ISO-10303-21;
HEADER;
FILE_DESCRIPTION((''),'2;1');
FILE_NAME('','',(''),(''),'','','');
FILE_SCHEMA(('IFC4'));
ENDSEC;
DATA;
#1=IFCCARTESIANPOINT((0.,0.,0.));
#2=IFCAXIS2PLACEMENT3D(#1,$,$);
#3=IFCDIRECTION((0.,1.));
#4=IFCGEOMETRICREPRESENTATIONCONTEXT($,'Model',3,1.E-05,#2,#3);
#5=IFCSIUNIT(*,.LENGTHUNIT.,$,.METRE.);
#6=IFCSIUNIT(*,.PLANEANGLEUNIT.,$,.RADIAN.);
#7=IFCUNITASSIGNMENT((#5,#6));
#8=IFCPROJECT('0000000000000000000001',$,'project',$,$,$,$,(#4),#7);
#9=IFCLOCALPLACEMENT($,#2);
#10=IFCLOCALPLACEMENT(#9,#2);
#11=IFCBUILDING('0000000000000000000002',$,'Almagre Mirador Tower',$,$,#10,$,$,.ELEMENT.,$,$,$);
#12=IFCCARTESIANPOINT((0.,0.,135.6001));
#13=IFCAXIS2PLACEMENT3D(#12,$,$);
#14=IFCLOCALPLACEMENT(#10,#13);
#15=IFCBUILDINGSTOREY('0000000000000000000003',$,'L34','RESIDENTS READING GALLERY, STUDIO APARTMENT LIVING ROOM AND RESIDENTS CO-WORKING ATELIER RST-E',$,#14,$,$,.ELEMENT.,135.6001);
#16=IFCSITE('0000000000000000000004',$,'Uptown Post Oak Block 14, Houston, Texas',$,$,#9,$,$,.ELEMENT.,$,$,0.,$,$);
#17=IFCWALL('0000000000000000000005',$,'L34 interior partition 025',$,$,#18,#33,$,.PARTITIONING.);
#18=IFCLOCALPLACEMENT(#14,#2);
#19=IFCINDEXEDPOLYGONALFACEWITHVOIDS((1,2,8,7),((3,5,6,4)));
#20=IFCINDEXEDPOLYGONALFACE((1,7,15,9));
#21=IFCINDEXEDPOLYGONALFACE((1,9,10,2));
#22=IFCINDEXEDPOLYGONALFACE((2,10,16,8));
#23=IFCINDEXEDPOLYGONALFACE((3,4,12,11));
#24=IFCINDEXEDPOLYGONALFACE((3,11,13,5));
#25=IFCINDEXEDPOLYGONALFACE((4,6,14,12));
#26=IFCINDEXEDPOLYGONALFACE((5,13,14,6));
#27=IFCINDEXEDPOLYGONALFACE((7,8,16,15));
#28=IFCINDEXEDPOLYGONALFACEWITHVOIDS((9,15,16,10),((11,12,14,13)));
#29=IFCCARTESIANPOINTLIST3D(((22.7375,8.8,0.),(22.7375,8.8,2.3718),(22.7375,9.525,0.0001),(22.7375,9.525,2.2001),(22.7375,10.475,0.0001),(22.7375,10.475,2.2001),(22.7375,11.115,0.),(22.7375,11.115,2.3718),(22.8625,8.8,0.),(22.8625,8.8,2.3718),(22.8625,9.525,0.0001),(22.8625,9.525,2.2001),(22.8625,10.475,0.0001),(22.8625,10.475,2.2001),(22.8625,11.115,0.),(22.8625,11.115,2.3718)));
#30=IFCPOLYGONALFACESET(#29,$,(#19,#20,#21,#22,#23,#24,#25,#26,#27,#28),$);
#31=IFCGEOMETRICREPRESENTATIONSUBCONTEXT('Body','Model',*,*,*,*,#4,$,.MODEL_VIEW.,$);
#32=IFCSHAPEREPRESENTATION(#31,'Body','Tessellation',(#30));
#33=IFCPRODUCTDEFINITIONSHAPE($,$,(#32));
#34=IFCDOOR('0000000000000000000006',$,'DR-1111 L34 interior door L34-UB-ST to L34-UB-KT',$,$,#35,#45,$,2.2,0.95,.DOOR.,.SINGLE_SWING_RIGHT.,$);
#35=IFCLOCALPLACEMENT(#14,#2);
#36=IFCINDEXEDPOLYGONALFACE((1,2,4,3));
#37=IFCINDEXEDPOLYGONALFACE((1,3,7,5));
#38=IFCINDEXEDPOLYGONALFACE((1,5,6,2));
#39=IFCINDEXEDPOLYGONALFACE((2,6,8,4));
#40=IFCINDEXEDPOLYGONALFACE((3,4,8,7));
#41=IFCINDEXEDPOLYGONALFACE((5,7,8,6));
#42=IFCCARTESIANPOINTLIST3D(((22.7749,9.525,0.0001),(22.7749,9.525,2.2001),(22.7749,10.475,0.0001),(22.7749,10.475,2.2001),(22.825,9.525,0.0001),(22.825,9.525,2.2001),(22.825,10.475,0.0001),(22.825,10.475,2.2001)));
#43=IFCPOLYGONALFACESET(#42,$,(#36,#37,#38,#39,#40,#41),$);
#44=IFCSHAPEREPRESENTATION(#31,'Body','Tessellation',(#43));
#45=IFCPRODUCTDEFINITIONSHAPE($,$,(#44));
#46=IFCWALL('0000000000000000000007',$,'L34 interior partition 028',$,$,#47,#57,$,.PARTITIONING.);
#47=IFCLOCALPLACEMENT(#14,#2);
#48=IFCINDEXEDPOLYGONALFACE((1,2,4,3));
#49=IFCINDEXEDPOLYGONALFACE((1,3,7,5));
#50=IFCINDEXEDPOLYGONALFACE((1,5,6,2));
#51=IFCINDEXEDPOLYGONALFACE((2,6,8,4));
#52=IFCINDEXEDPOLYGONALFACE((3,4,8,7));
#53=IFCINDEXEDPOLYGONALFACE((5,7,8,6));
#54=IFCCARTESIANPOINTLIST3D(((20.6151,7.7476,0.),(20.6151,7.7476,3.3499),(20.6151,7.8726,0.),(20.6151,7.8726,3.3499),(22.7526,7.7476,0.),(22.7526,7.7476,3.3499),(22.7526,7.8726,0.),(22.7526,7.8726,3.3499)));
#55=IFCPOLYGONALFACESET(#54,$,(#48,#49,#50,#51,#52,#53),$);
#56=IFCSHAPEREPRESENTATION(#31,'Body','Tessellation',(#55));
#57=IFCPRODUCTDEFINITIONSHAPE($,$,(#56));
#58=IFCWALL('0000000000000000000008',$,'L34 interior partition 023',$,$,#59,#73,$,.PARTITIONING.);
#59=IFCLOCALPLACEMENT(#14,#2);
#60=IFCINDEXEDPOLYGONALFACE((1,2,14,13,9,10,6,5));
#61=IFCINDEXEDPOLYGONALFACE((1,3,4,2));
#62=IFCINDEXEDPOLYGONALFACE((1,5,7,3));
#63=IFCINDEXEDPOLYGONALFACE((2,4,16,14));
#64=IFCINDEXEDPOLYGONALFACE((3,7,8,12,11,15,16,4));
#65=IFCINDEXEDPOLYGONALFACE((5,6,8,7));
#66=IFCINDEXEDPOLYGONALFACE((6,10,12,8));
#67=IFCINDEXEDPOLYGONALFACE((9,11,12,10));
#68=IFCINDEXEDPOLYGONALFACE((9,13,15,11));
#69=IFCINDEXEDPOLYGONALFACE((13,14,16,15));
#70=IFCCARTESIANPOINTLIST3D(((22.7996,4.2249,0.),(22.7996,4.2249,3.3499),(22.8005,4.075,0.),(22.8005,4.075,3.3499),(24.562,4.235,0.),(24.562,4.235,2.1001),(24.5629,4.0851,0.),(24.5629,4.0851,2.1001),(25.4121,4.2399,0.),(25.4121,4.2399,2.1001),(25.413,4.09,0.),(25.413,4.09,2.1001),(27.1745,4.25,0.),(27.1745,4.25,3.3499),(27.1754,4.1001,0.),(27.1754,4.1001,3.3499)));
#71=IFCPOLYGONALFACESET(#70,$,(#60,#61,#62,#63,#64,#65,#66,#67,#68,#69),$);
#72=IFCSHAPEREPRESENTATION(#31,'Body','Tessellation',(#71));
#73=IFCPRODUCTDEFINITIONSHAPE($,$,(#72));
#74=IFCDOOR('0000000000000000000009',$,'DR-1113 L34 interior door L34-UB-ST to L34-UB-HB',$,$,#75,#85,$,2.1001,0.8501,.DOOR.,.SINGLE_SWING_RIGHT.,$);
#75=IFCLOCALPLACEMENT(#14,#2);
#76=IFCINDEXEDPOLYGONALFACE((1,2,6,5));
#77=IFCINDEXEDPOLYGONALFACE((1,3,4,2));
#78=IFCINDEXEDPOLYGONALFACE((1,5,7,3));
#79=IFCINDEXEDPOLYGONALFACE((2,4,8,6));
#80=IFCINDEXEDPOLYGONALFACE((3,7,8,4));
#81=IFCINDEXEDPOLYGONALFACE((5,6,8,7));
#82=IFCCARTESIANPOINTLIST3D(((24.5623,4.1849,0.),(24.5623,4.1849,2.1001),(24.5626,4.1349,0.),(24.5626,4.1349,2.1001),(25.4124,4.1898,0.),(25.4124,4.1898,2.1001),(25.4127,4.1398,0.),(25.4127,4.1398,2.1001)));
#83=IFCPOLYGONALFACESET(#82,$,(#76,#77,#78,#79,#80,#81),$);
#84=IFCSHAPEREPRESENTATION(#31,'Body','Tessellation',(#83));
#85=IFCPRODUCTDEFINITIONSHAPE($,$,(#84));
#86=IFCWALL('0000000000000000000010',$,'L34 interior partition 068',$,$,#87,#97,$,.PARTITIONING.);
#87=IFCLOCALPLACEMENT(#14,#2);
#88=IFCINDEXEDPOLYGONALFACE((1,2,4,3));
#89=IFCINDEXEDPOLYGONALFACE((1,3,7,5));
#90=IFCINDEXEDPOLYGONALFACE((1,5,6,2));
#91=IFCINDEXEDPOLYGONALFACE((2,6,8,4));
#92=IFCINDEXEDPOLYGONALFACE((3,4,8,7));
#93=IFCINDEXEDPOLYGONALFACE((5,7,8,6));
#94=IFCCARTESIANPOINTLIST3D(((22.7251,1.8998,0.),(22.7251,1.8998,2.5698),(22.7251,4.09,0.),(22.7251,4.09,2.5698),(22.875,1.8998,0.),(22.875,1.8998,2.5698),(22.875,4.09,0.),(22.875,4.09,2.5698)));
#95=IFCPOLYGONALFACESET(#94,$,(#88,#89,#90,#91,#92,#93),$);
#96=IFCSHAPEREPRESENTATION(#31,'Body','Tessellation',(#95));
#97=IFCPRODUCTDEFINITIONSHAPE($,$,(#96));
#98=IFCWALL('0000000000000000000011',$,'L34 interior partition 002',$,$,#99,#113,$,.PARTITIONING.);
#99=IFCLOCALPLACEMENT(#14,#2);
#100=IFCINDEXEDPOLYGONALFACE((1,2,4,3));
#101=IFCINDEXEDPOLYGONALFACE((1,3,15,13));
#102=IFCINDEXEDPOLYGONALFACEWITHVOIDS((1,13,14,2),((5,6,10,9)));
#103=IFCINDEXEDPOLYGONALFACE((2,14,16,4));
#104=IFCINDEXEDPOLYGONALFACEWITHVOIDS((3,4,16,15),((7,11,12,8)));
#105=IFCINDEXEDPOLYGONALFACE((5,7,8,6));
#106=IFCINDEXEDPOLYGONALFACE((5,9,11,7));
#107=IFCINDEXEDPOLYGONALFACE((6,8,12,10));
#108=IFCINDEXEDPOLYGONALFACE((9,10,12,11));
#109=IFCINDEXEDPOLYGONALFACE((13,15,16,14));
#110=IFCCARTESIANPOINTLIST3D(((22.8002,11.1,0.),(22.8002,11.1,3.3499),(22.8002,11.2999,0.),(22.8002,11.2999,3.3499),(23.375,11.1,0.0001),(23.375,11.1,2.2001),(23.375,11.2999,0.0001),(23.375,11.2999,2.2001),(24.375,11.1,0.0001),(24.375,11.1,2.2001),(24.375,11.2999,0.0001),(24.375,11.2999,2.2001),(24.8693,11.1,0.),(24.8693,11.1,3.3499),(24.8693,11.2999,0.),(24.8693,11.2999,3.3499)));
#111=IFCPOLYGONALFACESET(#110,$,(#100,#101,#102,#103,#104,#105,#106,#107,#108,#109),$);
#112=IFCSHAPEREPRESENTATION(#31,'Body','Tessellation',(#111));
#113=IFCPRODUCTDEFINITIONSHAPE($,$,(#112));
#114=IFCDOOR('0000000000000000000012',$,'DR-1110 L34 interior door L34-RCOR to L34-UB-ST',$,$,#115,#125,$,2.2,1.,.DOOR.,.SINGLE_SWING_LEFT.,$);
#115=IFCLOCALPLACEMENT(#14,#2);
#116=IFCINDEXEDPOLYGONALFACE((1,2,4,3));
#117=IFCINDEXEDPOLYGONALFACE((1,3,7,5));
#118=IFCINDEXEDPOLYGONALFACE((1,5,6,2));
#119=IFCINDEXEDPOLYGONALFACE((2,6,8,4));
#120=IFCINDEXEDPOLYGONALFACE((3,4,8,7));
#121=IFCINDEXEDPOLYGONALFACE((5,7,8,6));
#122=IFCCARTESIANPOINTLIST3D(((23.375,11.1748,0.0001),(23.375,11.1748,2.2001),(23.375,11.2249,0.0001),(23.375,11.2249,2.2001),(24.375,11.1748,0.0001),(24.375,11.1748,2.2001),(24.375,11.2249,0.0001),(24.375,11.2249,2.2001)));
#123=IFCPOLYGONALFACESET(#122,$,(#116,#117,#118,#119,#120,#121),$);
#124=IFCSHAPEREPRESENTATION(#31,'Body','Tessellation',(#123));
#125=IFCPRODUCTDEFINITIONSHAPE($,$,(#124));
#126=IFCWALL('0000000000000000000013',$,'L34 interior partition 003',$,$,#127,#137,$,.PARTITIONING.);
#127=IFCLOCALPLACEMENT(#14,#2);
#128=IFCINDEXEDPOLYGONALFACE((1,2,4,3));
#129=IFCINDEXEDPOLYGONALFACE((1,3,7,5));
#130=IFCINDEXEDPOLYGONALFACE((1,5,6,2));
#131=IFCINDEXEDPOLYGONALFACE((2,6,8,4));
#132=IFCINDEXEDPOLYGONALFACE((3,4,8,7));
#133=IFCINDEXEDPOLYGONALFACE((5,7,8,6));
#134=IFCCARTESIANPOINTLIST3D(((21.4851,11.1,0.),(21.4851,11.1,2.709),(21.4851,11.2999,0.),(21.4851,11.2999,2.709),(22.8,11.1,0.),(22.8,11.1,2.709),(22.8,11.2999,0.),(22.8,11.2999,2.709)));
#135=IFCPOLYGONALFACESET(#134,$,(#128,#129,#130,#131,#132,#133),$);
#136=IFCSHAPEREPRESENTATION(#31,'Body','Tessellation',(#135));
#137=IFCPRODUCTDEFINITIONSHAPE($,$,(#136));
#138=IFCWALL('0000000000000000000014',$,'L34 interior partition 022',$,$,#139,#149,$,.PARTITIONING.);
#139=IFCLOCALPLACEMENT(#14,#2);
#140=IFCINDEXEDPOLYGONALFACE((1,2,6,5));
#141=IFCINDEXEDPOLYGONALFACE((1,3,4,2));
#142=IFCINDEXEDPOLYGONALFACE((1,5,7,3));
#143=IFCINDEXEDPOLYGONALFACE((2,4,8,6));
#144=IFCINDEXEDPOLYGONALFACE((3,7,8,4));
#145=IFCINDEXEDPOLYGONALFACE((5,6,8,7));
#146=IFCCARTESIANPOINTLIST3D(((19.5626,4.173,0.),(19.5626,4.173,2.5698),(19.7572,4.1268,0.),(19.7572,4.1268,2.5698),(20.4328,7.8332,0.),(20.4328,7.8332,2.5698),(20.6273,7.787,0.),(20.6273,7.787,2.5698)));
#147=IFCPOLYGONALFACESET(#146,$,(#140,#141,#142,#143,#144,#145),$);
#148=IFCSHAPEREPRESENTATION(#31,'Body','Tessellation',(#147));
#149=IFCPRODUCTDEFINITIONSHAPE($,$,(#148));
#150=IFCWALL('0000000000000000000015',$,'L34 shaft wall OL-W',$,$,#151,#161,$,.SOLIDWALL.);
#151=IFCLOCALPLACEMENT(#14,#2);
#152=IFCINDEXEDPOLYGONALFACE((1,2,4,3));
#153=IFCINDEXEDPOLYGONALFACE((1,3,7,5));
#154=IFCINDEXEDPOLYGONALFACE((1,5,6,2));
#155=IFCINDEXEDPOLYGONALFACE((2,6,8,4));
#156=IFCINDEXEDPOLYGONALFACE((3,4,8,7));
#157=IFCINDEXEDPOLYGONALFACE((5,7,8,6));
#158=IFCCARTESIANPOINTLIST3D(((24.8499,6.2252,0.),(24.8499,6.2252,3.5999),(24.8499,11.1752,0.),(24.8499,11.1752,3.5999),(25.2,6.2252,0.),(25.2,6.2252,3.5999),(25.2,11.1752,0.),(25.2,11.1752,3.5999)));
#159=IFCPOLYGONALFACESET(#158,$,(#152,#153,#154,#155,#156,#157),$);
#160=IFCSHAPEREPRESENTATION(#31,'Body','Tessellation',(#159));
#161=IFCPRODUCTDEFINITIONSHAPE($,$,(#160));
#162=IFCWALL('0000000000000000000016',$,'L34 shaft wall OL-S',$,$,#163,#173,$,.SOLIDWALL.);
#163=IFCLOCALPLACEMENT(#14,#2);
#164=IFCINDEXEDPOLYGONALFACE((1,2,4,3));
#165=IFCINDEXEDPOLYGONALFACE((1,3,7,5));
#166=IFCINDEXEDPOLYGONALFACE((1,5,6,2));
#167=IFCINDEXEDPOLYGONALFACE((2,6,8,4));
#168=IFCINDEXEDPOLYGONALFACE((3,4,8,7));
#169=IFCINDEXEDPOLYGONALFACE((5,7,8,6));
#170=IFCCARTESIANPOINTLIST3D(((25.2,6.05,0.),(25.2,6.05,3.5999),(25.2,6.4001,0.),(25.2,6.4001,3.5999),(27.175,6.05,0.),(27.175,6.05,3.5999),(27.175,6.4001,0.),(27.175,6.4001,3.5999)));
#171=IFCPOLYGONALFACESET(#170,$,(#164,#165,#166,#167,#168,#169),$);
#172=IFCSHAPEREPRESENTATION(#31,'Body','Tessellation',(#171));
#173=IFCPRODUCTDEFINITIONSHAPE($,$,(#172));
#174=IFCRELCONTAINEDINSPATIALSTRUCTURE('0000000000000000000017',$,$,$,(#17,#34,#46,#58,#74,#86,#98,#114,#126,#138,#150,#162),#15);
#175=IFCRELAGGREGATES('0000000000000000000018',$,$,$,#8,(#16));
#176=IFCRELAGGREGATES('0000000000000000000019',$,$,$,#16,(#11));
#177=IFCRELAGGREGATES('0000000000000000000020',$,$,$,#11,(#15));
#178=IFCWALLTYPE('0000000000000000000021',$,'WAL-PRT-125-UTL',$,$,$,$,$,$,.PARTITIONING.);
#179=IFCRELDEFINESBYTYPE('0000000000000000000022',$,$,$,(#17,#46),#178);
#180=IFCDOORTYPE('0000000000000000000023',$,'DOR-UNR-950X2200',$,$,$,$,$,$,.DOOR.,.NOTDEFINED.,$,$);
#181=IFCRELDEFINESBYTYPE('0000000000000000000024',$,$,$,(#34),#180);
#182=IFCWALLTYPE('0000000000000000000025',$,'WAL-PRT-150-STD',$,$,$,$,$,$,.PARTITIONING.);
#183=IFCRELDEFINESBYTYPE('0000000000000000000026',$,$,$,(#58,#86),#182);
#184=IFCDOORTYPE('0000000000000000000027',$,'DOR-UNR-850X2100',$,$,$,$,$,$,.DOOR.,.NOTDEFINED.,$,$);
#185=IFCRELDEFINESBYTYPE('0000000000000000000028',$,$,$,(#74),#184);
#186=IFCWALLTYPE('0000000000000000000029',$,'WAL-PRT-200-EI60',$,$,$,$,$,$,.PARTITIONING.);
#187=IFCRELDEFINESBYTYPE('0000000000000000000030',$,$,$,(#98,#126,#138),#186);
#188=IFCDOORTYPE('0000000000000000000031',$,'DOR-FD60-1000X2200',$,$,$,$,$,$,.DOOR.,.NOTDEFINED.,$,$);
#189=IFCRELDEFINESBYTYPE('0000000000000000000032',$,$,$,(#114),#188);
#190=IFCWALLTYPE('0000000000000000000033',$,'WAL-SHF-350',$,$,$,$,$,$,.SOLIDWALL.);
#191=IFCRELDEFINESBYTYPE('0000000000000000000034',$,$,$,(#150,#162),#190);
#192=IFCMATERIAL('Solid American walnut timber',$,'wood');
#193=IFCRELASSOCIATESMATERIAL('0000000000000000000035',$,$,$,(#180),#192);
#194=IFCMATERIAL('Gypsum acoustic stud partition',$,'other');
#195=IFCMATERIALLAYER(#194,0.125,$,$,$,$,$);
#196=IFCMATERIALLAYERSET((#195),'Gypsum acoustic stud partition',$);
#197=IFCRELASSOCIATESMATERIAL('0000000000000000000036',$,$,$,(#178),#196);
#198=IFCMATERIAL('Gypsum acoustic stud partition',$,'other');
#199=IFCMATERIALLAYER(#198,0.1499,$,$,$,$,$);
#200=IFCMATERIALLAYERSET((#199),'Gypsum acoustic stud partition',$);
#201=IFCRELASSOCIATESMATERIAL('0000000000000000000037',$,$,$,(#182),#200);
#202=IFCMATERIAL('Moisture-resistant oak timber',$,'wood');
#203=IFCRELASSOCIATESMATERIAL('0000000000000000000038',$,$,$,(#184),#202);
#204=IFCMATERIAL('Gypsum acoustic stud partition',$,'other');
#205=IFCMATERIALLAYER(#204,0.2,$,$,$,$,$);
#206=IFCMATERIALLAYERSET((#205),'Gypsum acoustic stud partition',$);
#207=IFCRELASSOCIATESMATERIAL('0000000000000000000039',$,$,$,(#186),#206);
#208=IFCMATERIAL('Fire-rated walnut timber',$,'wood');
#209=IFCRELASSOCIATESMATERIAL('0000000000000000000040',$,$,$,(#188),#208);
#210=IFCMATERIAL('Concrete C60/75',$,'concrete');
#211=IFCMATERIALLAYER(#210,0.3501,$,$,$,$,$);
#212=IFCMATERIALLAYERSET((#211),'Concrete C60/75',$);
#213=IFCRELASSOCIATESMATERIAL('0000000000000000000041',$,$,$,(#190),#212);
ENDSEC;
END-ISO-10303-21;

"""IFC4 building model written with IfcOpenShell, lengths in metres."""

from ifc_helpers import new_model, si_unit, direction, frame, frame_2d, origin, place, context, subcontext, project, spatial, rectangle, extrude, material, layer, layer_set, type_object, element, fill, save


model = new_model("IFC4")

# Units and contexts
model_context = context("Model", 3, precision=1e-05, world=origin(), true_north=direction((0.0, 1.0)))
body_context = subcontext(model_context, "Body", "Model", "MODEL_VIEW")
ifc_project = project(units=[si_unit("LENGTHUNIT", "METRE"), si_unit("PLANEANGLEUNIT", "RADIAN")], contexts=[model_context])

# Site, building, storey
site_placement = place(None, origin())
site = spatial("IfcSite", under=ifc_project, at=site_placement, Name="Uptown Post Oak Block 14, Houston, Texas", CompositionType="ELEMENT", RefElevation=0.0)
building_placement = place(site_placement, origin())
building = spatial("IfcBuilding", under=site, at=building_placement, Name="Almagre Mirador Tower", CompositionType="ELEMENT")
storey_placement = place(building_placement, frame((0.0, 0.0, 135.6001)))
storey = spatial("IfcBuildingStorey", under=building, at=storey_placement, Name="L34", Description="RESIDENTS READING GALLERY, STUDIO APARTMENT LIVING ROOM AND RESIDENTS CO-WORKING ATELIER RST-E", CompositionType="ELEMENT", Elevation=135.6001)

# Shared definitions
ifc_material_1 = material(Name="Solid American walnut timber", Category="wood")
door_type_1 = type_object("IfcDoorType", Name="DOR-UNR-950X2200", OperationType="NOTDEFINED", PredefinedType="DOOR", material=ifc_material_1)

# Shared definitions
ifc_material_2 = material(Name="Gypsum acoustic stud partition", Category="other")
ifc_layer_1 = layer(ifc_material_2, 0.125)
ifc_layer_set_1 = layer_set([ifc_layer_1], Name="Gypsum acoustic stud partition")
wall_type_1 = type_object("IfcWallType", Name="WAL-PRT-125-UTL", PredefinedType="PARTITIONING", material=ifc_layer_set_1)

# Wall, opening, door
wall_1_placement = place(storey_placement, frame((22.8, 11.115, 0.0), z_axis=(0.0, 0.0, 1.0), x_axis=(0.0, -1.0, 0.0)))
wall_1 = element("IfcWall", 1, at=wall_1_placement, inside=storey, type_object=wall_type_1, Name="L34 interior partition 025", PredefinedType="PARTITIONING", context=body_context, shape_type="SweptSolid", body=[
    extrude(rectangle(XDim=2.3149, YDim=0.125, at=frame_2d((1.1575, 0.0))), origin(), (0.0, 0.0, 1.0), 2.3718),
])
opening_1_placement = place(wall_1_placement, frame((0.6399, 0.0, 0.0)))
opening_1 = element("IfcOpeningElement", 2, at=opening_1_placement, cuts=wall_1, PredefinedType="OPENING", context=body_context, shape_type="SweptSolid", body=[
    extrude(rectangle(XDim=0.95, YDim=2.2, at=frame_2d((0.4751, 1.1001))), frame((0.0, 0.0725, 0.0), z_axis=(0.0, -1.0, 0.0), x_axis=(1.0, 0.0, 0.0)), (0.0, 0.0, 1.0), 0.145),
])
door_1_placement = place(opening_1_placement, origin())
door_1 = element("IfcDoor", 3, at=door_1_placement, inside=storey, type_object=door_type_1, Name="DR-1111 L34 interior door L34-UB-ST to L34-UB-KT", OperationType="SINGLE_SWING_RIGHT", OverallHeight=2.2, OverallWidth=0.95, PredefinedType="DOOR", context=body_context, shape_type="SweptSolid", body=[
    extrude(rectangle(XDim=0.95, YDim=2.2, at=frame_2d((0.4751, 1.1001))), frame((0.0, 0.0249, 0.0), z_axis=(0.0, -1.0, 0.0), x_axis=(1.0, 0.0, 0.0)), (0.0, 0.0, 1.0), 0.05),
])
fill(opening_1, door_1)

# Wall
wall_2_placement = place(storey_placement, frame((20.615, 7.8101, 0.0), z_axis=(0.0, 0.0, 1.0), x_axis=(1.0, 0.0, 0.0)))
element("IfcWall", 4, at=wall_2_placement, inside=storey, type_object=wall_type_1, Name="L34 interior partition 028", PredefinedType="PARTITIONING", context=body_context, shape_type="SweptSolid", body=[
    extrude(rectangle(XDim=2.1375, YDim=0.125, at=frame_2d((1.0688, 0.0))), origin(), (0.0, 0.0, 1.0), 3.3499),
])

# Wall, opening, door
ifc_material_3 = material(Name="Gypsum acoustic stud partition", Category="other")
ifc_layer_2 = layer(ifc_material_3, 0.1499)
ifc_layer_set_2 = layer_set([ifc_layer_2], Name="Gypsum acoustic stud partition")
wall_type_2 = type_object("IfcWallType", Name="WAL-PRT-150-STD", PredefinedType="PARTITIONING", material=ifc_layer_set_2)
wall_3_placement = place(storey_placement, frame((22.8, 4.1499, 0.0), z_axis=(0.0, 0.0, 1.0), x_axis=(0.999983, 0.005748, 0.0)))
wall_3 = element("IfcWall", 5, at=wall_3_placement, inside=storey, type_object=wall_type_2, Name="L34 interior partition 023", PredefinedType="PARTITIONING", context=body_context, shape_type="SweptSolid", body=[
    extrude(rectangle(XDim=4.375, YDim=0.1499, at=frame_2d((2.1875, 0.0))), origin(), (0.0, 0.0, 1.0), 3.3499),
])
opening_2_placement = place(wall_3_placement, frame((1.7625, 0.0, 0.0)))
opening_2 = element("IfcOpeningElement", 6, at=opening_2_placement, cuts=wall_3, PredefinedType="OPENING", context=body_context, shape_type="SweptSolid", body=[
    extrude(rectangle(XDim=0.8501, YDim=2.1001, at=frame_2d((0.425, 1.05))), frame((0.0, 0.085, 0.0), z_axis=(0.0, -1.0, 0.0), x_axis=(1.0, 0.0, 0.0)), (0.0, 0.0, 1.0), 0.1699),
])
ifc_material_4 = material(Name="Moisture-resistant oak timber", Category="wood")
door_type_2 = type_object("IfcDoorType", Name="DOR-UNR-850X2100", OperationType="NOTDEFINED", PredefinedType="DOOR", material=ifc_material_4)
door_2_placement = place(opening_2_placement, origin())
door_2 = element("IfcDoor", 7, at=door_2_placement, inside=storey, type_object=door_type_2, Name="DR-1113 L34 interior door L34-UB-ST to L34-UB-HB", OperationType="SINGLE_SWING_RIGHT", OverallHeight=2.1001, OverallWidth=0.8501, PredefinedType="DOOR", context=body_context, shape_type="SweptSolid", body=[
    extrude(rectangle(XDim=0.8501, YDim=2.1001, at=frame_2d((0.425, 1.05))), frame((0.0, 0.0249, 0.0), z_axis=(0.0, -1.0, 0.0), x_axis=(1.0, 0.0, 0.0)), (0.0, 0.0, 1.0), 0.05),
])
fill(opening_2, door_2)

# Wall
wall_4_placement = place(storey_placement, frame((22.8, 4.0901, 0.0), z_axis=(0.0, 0.0, 1.0), x_axis=(0.0, -1.0, 0.0)))
element("IfcWall", 8, at=wall_4_placement, inside=storey, type_object=wall_type_2, Name="L34 interior partition 068", PredefinedType="PARTITIONING", context=body_context, shape_type="SweptSolid", body=[
    extrude(rectangle(XDim=2.1902, YDim=0.1499, at=frame_2d((1.0952, 0.0))), origin(), (0.0, 0.0, 1.0), 2.5698),
])

# Wall, opening, door
ifc_material_5 = material(Name="Gypsum acoustic stud partition", Category="other")
ifc_layer_3 = layer(ifc_material_5, 0.2)
ifc_layer_set_3 = layer_set([ifc_layer_3], Name="Gypsum acoustic stud partition")
wall_type_3 = type_object("IfcWallType", Name="WAL-PRT-200-EI60", PredefinedType="PARTITIONING", material=ifc_layer_set_3)
wall_5_placement = place(storey_placement, frame((22.8, 11.2, 0.0), z_axis=(0.0, 0.0, 1.0), x_axis=(1.0, 0.0, 0.0)))
wall_5 = element("IfcWall", 9, at=wall_5_placement, inside=storey, type_object=wall_type_3, Name="L34 interior partition 002", PredefinedType="PARTITIONING", context=body_context, shape_type="SweptSolid", body=[
    extrude(rectangle(XDim=2.0691, YDim=0.2, at=frame_2d((1.0347, 0.0))), origin(), (0.0, 0.0, 1.0), 3.3499),
])
opening_3_placement = place(wall_5_placement, frame((0.575, 0.0, 0.0)))
opening_3 = element("IfcOpeningElement", 10, at=opening_3_placement, cuts=wall_5, PredefinedType="OPENING", context=body_context, shape_type="SweptSolid", body=[
    extrude(rectangle(XDim=1.0, YDim=2.2, at=frame_2d((0.5, 1.1001))), frame((0.0, 0.1101, 0.0), z_axis=(0.0, -1.0, 0.0), x_axis=(1.0, 0.0, 0.0)), (0.0, 0.0, 1.0), 0.22),
])
ifc_material_6 = material(Name="Fire-rated walnut timber", Category="wood")
door_type_3 = type_object("IfcDoorType", Name="DOR-FD60-1000X2200", OperationType="NOTDEFINED", PredefinedType="DOOR", material=ifc_material_6)
door_3_placement = place(opening_3_placement, origin())
door_3 = element("IfcDoor", 11, at=door_3_placement, inside=storey, type_object=door_type_3, Name="DR-1110 L34 interior door L34-RCOR to L34-UB-ST", OperationType="SINGLE_SWING_LEFT", OverallHeight=2.2, OverallWidth=1.0, PredefinedType="DOOR", context=body_context, shape_type="SweptSolid", body=[
    extrude(rectangle(XDim=1.0, YDim=2.2, at=frame_2d((0.5, 1.1001))), frame((0.0, 0.0249, 0.0), z_axis=(0.0, -1.0, 0.0), x_axis=(1.0, 0.0, 0.0)), (0.0, 0.0, 1.0), 0.05),
])
fill(opening_3, door_3)

# Walls
wall_6_placement = place(storey_placement, frame((21.4851, 11.2, 0.0), z_axis=(0.0, 0.0, 1.0), x_axis=(1.0, 0.0, 0.0)))
element("IfcWall", 12, at=wall_6_placement, inside=storey, type_object=wall_type_3, Name="L34 interior partition 003", PredefinedType="PARTITIONING", context=body_context, shape_type="SweptSolid", body=[
    extrude(rectangle(XDim=1.3149, YDim=0.2, at=frame_2d((0.6575, 0.0))), origin(), (0.0, 0.0, 1.0), 2.709),
])
wall_7_placement = place(storey_placement, frame((19.6599, 4.1499, 0.0), z_axis=(0.0, 0.0, 1.0), x_axis=(0.231281, 0.972887, 0.0)))
element("IfcWall", 13, at=wall_7_placement, inside=storey, type_object=wall_type_3, Name="L34 interior partition 022", PredefinedType="PARTITIONING", context=body_context, shape_type="SweptSolid", body=[
    extrude(rectangle(XDim=3.7622, YDim=0.2, at=frame_2d((1.8811, 0.0))), origin(), (0.0, 0.0, 1.0), 2.5698),
])
ifc_material_7 = material(Name="Concrete C60/75", Category="concrete")
ifc_layer_4 = layer(ifc_material_7, 0.3501)
ifc_layer_set_4 = layer_set([ifc_layer_4], Name="Concrete C60/75")
wall_type_4 = type_object("IfcWallType", Name="WAL-SHF-350", PredefinedType="SOLIDWALL", material=ifc_layer_set_4)
wall_8_placement = place(storey_placement, frame((25.0249, 6.2251, 0.0), z_axis=(0.0, 0.0, 1.0), x_axis=(0.0, 1.0, 0.0)))
element("IfcWall", 14, at=wall_8_placement, inside=storey, type_object=wall_type_4, Name="L34 shaft wall OL-W", PredefinedType="SOLIDWALL", context=body_context, shape_type="SweptSolid", body=[
    extrude(rectangle(XDim=4.95, YDim=0.3501, at=frame_2d((2.4751, 0.0))), origin(), (0.0, 0.0, 1.0), 3.5999),
])
wall_9_placement = place(storey_placement, frame((25.2, 6.2251, 0.0), z_axis=(0.0, 0.0, 1.0), x_axis=(1.0, 0.0, 0.0)))
element("IfcWall", 15, at=wall_9_placement, inside=storey, type_object=wall_type_4, Name="L34 shaft wall OL-S", PredefinedType="SOLIDWALL", context=body_context, shape_type="SweptSolid", body=[
    extrude(rectangle(XDim=1.9751, YDim=0.3501, at=frame_2d((0.9875, 0.0))), origin(), (0.0, 0.0, 1.0), 3.5999),
])

save(model, "model.ifc")
